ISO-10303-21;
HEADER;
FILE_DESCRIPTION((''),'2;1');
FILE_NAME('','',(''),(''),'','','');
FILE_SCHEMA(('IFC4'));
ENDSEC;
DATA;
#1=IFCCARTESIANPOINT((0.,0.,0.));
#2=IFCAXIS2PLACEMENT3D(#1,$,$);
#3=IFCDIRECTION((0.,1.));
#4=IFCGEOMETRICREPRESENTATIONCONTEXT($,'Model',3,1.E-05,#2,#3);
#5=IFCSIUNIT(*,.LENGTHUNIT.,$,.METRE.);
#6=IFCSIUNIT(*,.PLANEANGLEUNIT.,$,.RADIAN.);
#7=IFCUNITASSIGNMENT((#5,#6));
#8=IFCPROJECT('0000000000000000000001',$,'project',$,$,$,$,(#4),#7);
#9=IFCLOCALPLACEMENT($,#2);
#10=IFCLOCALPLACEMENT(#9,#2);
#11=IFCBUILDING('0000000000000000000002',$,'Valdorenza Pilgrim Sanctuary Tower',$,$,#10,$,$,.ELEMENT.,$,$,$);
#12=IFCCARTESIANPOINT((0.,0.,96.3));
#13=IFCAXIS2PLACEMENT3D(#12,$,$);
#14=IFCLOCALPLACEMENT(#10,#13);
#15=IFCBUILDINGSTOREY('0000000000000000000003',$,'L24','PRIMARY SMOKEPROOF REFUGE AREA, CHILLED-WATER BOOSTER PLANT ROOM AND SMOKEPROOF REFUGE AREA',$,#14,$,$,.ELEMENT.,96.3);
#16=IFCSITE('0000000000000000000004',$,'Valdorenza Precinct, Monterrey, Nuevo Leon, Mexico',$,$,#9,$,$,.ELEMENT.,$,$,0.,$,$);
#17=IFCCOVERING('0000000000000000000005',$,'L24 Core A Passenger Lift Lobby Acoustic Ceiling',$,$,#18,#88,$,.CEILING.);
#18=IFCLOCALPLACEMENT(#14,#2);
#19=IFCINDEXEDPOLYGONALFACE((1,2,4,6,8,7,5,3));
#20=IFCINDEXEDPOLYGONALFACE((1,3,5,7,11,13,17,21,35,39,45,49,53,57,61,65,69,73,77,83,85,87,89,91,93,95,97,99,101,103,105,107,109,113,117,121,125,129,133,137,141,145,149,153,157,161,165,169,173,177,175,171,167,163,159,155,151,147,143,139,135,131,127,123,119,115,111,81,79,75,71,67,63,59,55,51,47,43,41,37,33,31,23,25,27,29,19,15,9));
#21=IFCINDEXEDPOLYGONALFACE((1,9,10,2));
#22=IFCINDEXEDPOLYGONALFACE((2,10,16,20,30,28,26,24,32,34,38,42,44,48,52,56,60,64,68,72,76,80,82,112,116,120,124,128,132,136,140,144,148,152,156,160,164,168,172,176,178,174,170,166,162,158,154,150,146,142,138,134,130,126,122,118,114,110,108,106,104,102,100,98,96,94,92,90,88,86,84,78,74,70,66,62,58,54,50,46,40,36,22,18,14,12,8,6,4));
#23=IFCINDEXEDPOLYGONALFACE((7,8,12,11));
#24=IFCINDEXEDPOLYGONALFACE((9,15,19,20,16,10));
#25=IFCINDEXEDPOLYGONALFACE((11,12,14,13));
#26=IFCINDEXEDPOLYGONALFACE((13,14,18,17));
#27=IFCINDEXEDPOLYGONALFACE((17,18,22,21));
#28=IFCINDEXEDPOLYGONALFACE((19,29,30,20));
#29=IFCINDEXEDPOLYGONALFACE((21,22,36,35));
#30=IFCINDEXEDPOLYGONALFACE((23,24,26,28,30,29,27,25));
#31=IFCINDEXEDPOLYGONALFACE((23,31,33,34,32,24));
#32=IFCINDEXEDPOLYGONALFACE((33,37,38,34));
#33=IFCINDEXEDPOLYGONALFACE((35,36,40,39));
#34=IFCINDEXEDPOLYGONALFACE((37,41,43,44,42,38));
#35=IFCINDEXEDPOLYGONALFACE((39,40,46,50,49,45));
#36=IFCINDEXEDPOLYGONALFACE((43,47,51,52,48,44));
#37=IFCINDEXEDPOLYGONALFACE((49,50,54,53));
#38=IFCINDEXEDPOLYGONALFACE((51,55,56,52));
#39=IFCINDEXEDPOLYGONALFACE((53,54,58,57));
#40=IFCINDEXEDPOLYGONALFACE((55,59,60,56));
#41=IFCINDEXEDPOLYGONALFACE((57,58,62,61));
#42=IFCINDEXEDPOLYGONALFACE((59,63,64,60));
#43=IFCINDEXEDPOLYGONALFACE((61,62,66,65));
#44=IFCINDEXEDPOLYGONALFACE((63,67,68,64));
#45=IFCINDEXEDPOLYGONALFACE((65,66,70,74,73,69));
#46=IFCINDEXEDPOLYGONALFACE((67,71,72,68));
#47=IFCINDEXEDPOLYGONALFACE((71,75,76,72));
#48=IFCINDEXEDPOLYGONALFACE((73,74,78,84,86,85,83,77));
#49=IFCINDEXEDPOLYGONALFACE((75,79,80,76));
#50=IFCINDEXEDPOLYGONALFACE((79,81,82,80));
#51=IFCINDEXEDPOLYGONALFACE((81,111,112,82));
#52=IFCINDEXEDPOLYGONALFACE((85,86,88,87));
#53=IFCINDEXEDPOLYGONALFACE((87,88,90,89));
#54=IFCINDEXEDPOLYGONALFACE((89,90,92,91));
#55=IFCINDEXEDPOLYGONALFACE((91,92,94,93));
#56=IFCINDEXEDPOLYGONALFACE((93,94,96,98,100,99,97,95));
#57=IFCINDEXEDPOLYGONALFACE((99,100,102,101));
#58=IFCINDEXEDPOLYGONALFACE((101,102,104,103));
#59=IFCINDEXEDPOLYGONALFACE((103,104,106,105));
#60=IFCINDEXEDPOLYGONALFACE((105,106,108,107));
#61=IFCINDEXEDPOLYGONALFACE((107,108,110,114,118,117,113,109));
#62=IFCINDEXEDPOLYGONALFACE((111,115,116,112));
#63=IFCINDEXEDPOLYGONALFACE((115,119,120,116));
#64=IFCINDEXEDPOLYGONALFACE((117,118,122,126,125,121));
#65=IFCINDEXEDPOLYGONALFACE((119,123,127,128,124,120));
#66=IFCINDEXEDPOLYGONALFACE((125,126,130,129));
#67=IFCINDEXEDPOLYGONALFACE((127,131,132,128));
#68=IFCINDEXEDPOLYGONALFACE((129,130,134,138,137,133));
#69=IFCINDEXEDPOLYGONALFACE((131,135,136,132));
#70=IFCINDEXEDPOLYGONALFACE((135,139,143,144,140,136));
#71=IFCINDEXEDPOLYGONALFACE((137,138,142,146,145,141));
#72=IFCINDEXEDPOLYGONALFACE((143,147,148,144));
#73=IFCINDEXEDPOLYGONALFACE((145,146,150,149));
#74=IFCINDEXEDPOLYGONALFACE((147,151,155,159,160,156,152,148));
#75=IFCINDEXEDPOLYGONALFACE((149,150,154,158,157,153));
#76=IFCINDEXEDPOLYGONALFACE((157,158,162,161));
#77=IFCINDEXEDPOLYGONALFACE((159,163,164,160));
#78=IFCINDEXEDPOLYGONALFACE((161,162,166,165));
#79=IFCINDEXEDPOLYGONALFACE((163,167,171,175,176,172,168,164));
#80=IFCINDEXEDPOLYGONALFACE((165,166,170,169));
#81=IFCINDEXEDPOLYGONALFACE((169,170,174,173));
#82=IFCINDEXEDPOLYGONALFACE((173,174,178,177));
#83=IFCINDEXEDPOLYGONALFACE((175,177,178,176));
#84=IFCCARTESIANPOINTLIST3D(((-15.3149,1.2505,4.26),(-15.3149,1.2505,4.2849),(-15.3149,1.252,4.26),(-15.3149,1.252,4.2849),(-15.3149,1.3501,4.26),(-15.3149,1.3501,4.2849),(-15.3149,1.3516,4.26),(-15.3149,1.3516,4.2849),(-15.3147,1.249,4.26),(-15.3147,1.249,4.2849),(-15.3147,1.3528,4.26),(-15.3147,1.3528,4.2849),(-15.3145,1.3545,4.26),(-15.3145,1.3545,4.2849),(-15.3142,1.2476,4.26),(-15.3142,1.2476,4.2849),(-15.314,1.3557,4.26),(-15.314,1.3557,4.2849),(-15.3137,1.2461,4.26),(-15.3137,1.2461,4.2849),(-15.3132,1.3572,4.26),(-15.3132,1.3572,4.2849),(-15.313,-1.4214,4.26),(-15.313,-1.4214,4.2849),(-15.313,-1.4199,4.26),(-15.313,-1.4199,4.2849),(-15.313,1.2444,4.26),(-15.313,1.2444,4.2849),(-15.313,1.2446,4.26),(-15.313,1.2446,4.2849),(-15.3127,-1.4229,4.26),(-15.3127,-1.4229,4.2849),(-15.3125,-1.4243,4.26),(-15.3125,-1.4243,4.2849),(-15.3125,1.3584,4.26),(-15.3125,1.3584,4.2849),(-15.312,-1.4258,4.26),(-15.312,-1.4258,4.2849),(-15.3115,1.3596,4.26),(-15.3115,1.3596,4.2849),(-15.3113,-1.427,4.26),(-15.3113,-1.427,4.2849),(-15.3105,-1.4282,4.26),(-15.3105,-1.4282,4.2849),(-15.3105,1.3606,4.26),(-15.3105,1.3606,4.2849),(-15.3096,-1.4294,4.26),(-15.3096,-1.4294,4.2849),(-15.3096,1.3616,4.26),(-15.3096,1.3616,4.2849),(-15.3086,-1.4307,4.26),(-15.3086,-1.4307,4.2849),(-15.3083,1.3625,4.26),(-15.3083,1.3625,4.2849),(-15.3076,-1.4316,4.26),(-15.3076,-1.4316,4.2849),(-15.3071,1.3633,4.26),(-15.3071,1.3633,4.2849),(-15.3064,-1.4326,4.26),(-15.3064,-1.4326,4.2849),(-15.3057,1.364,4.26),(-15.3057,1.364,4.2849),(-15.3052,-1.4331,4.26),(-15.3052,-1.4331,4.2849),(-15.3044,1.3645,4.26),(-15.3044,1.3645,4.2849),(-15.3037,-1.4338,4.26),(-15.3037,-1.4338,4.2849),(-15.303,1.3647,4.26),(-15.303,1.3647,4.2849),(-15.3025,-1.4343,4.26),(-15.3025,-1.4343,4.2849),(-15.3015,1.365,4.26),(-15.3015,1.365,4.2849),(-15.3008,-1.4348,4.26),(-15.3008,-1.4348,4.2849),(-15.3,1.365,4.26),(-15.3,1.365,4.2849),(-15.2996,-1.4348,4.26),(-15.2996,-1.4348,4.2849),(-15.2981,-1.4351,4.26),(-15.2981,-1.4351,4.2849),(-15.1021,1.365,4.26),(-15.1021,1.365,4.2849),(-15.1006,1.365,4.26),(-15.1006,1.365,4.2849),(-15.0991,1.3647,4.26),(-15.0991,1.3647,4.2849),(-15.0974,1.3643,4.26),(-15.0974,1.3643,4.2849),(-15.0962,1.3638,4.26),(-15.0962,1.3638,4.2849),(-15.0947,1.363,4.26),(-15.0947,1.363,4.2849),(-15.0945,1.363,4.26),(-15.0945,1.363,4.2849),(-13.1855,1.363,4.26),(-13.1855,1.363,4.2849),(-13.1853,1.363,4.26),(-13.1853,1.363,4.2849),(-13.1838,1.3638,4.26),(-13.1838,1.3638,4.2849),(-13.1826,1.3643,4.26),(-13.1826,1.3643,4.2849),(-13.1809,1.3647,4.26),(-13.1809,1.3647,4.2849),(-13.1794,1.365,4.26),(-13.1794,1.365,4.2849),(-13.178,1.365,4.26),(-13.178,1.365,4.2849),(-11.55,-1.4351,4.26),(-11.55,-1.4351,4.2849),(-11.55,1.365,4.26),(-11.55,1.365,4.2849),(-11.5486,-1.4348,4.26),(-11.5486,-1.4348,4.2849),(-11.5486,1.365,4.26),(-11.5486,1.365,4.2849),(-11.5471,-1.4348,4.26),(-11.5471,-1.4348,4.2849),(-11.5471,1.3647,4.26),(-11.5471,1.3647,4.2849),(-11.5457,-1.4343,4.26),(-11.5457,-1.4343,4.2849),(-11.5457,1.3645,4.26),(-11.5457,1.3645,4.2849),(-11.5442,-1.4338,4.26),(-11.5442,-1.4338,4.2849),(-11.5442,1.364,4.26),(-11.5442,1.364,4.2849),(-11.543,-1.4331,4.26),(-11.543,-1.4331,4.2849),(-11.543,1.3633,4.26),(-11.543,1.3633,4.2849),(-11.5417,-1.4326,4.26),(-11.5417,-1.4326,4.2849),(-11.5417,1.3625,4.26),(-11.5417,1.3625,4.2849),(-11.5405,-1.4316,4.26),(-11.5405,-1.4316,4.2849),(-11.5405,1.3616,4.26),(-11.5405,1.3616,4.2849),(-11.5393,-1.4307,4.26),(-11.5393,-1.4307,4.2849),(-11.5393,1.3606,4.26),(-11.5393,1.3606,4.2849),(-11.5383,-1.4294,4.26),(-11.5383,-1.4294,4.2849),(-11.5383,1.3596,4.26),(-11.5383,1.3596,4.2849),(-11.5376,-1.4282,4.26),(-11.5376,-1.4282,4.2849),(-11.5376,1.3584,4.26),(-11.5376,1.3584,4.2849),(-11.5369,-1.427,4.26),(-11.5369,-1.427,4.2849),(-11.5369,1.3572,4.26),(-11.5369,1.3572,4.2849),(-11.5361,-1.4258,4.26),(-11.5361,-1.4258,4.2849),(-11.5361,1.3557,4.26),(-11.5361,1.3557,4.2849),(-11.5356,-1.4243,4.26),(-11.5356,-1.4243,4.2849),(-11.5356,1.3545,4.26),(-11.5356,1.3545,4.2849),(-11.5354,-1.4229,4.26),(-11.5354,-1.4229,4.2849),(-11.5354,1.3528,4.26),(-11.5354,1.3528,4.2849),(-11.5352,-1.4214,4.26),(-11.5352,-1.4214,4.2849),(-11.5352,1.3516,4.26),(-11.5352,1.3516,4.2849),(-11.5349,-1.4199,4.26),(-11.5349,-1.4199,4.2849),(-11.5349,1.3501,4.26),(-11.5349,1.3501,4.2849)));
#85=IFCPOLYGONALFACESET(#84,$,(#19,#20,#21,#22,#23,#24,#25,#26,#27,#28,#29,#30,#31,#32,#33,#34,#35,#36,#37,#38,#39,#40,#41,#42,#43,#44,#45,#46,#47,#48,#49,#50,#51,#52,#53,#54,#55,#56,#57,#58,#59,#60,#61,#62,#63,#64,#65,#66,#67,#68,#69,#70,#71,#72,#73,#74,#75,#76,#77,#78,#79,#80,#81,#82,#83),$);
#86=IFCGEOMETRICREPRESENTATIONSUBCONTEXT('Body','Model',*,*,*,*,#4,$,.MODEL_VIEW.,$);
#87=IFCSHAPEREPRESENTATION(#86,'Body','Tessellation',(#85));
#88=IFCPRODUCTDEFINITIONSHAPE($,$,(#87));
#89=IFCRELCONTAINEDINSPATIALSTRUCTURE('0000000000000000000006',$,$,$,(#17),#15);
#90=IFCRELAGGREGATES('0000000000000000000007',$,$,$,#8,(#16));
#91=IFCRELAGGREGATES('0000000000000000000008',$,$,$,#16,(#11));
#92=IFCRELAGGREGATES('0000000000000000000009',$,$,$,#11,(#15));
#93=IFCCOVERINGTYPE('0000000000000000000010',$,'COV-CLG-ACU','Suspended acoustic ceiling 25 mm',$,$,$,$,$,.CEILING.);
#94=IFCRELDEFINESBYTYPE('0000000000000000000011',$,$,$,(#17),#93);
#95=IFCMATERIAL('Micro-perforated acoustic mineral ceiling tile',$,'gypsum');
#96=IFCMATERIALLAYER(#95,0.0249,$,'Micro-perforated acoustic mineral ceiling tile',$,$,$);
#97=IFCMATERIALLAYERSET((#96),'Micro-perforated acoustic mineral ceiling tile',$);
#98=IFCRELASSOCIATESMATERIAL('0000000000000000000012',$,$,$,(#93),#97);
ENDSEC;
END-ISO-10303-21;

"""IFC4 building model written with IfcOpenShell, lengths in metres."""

from ifc_helpers import new_model, si_unit, direction, frame, origin, place, context, subcontext, project, spatial, polyline, outline, extrude, material, layer, layer_set, type_object, element, save


model = new_model("IFC4")

# Units and contexts
model_context = context("Model", 3, precision=1e-05, world=origin(), true_north=direction((0.0, 1.0)))
body_context = subcontext(model_context, "Body", "Model", "MODEL_VIEW")
ifc_project = project(units=[si_unit("LENGTHUNIT", "METRE"), si_unit("PLANEANGLEUNIT", "RADIAN")], contexts=[model_context])

# Site, building, storey
site_placement = place(None, origin())
site = spatial("IfcSite", under=ifc_project, at=site_placement, Name="Valdorenza Precinct, Monterrey, Nuevo Leon, Mexico", CompositionType="ELEMENT", RefElevation=0.0)
building_placement = place(site_placement, origin())
building = spatial("IfcBuilding", under=site, at=building_placement, Name="Valdorenza Pilgrim Sanctuary Tower", CompositionType="ELEMENT")
storey_placement = place(building_placement, frame((0.0, 0.0, 96.3)))
storey = spatial("IfcBuildingStorey", under=building, at=storey_placement, Name="L24", Description="PRIMARY SMOKEPROOF REFUGE AREA, CHILLED-WATER BOOSTER PLANT ROOM AND SMOKEPROOF REFUGE AREA", CompositionType="ELEMENT", Elevation=96.3)

# Covering
ifc_material_1 = material(Name="Micro-perforated acoustic mineral ceiling tile", Category="gypsum")
ifc_layer_1 = layer(ifc_material_1, 0.0249, Name="Micro-perforated acoustic mineral ceiling tile")
ifc_layer_set_1 = layer_set([ifc_layer_1], Name="Micro-perforated acoustic mineral ceiling tile")
covering_type_1 = type_object("IfcCoveringType", Name="COV-CLG-ACU", Description="Suspended acoustic ceiling 25 mm", PredefinedType="CEILING", material=ifc_layer_set_1)
covering_1_placement = place(storey_placement, frame((0.0, 0.0, 4.26)))
element("IfcCovering", 1, at=covering_1_placement, inside=storey, type_object=covering_type_1, Name="L24 Core A Passenger Lift Lobby Acoustic Ceiling", PredefinedType="CEILING", context=body_context, shape_type="SweptSolid", body=[
    extrude(outline(polyline([(-15.313, 1.2444), (-15.313, 1.2446), (-15.3137, 1.2461), (-15.3142, 1.2476), (-15.3147, 1.249), (-15.3149, 1.2505), (-15.3149, 1.252), (-15.3149, 1.3501), (-15.3149, 1.3516), (-15.3147, 1.3528), (-15.3145, 1.3545), (-15.314, 1.3557), (-15.3132, 1.3572), (-15.3125, 1.3584), (-15.3115, 1.3596), (-15.3105, 1.3606), (-15.3096, 1.3616), (-15.3083, 1.3625), (-15.3071, 1.3633), (-15.3057, 1.364), (-15.3044, 1.3645), (-15.303, 1.3647), (-15.3015, 1.365), (-15.3, 1.365), (-15.1021, 1.365), (-15.1006, 1.365), (-15.0991, 1.3647), (-15.0974, 1.3643), (-15.0962, 1.3638), (-15.0947, 1.363), (-15.0945, 1.363), (-13.1855, 1.363), (-13.1853, 1.363), (-13.1838, 1.3638), (-13.1826, 1.3643), (-13.1809, 1.3647), (-13.1794, 1.365), (-13.178, 1.365), (-11.55, 1.365), (-11.5486, 1.365), (-11.5471, 1.3647), (-11.5457, 1.3645), (-11.5442, 1.364), (-11.543, 1.3633), (-11.5417, 1.3625), (-11.5405, 1.3616), (-11.5393, 1.3606), (-11.5383, 1.3596), (-11.5376, 1.3584), (-11.5369, 1.3572), (-11.5361, 1.3557), (-11.5356, 1.3545), (-11.5354, 1.3528), (-11.5352, 1.3516), (-11.5349, 1.3501), (-11.5349, -1.4199), (-11.5352, -1.4214), (-11.5354, -1.4229), (-11.5356, -1.4243), (-11.5361, -1.4258), (-11.5369, -1.427), (-11.5376, -1.4282), (-11.5383, -1.4294), (-11.5393, -1.4307), (-11.5405, -1.4316), (-11.5417, -1.4326), (-11.543, -1.4331), (-11.5442, -1.4338), (-11.5457, -1.4343), (-11.5471, -1.4348), (-11.5486, -1.4348), (-11.55, -1.4351), (-15.2981, -1.4351), (-15.2996, -1.4348), (-15.3008, -1.4348), (-15.3025, -1.4343), (-15.3037, -1.4338), (-15.3052, -1.4331), (-15.3064, -1.4326), (-15.3076, -1.4316), (-15.3086, -1.4307), (-15.3096, -1.4294), (-15.3105, -1.4282), (-15.3113, -1.427), (-15.312, -1.4258), (-15.3125, -1.4243), (-15.3127, -1.4229), (-15.313, -1.4214), (-15.313, -1.4199), (-15.313, 1.2444)])), origin(), (0.0, 0.0, 1.0), 0.0249),
])

save(model, "model.ifc")
